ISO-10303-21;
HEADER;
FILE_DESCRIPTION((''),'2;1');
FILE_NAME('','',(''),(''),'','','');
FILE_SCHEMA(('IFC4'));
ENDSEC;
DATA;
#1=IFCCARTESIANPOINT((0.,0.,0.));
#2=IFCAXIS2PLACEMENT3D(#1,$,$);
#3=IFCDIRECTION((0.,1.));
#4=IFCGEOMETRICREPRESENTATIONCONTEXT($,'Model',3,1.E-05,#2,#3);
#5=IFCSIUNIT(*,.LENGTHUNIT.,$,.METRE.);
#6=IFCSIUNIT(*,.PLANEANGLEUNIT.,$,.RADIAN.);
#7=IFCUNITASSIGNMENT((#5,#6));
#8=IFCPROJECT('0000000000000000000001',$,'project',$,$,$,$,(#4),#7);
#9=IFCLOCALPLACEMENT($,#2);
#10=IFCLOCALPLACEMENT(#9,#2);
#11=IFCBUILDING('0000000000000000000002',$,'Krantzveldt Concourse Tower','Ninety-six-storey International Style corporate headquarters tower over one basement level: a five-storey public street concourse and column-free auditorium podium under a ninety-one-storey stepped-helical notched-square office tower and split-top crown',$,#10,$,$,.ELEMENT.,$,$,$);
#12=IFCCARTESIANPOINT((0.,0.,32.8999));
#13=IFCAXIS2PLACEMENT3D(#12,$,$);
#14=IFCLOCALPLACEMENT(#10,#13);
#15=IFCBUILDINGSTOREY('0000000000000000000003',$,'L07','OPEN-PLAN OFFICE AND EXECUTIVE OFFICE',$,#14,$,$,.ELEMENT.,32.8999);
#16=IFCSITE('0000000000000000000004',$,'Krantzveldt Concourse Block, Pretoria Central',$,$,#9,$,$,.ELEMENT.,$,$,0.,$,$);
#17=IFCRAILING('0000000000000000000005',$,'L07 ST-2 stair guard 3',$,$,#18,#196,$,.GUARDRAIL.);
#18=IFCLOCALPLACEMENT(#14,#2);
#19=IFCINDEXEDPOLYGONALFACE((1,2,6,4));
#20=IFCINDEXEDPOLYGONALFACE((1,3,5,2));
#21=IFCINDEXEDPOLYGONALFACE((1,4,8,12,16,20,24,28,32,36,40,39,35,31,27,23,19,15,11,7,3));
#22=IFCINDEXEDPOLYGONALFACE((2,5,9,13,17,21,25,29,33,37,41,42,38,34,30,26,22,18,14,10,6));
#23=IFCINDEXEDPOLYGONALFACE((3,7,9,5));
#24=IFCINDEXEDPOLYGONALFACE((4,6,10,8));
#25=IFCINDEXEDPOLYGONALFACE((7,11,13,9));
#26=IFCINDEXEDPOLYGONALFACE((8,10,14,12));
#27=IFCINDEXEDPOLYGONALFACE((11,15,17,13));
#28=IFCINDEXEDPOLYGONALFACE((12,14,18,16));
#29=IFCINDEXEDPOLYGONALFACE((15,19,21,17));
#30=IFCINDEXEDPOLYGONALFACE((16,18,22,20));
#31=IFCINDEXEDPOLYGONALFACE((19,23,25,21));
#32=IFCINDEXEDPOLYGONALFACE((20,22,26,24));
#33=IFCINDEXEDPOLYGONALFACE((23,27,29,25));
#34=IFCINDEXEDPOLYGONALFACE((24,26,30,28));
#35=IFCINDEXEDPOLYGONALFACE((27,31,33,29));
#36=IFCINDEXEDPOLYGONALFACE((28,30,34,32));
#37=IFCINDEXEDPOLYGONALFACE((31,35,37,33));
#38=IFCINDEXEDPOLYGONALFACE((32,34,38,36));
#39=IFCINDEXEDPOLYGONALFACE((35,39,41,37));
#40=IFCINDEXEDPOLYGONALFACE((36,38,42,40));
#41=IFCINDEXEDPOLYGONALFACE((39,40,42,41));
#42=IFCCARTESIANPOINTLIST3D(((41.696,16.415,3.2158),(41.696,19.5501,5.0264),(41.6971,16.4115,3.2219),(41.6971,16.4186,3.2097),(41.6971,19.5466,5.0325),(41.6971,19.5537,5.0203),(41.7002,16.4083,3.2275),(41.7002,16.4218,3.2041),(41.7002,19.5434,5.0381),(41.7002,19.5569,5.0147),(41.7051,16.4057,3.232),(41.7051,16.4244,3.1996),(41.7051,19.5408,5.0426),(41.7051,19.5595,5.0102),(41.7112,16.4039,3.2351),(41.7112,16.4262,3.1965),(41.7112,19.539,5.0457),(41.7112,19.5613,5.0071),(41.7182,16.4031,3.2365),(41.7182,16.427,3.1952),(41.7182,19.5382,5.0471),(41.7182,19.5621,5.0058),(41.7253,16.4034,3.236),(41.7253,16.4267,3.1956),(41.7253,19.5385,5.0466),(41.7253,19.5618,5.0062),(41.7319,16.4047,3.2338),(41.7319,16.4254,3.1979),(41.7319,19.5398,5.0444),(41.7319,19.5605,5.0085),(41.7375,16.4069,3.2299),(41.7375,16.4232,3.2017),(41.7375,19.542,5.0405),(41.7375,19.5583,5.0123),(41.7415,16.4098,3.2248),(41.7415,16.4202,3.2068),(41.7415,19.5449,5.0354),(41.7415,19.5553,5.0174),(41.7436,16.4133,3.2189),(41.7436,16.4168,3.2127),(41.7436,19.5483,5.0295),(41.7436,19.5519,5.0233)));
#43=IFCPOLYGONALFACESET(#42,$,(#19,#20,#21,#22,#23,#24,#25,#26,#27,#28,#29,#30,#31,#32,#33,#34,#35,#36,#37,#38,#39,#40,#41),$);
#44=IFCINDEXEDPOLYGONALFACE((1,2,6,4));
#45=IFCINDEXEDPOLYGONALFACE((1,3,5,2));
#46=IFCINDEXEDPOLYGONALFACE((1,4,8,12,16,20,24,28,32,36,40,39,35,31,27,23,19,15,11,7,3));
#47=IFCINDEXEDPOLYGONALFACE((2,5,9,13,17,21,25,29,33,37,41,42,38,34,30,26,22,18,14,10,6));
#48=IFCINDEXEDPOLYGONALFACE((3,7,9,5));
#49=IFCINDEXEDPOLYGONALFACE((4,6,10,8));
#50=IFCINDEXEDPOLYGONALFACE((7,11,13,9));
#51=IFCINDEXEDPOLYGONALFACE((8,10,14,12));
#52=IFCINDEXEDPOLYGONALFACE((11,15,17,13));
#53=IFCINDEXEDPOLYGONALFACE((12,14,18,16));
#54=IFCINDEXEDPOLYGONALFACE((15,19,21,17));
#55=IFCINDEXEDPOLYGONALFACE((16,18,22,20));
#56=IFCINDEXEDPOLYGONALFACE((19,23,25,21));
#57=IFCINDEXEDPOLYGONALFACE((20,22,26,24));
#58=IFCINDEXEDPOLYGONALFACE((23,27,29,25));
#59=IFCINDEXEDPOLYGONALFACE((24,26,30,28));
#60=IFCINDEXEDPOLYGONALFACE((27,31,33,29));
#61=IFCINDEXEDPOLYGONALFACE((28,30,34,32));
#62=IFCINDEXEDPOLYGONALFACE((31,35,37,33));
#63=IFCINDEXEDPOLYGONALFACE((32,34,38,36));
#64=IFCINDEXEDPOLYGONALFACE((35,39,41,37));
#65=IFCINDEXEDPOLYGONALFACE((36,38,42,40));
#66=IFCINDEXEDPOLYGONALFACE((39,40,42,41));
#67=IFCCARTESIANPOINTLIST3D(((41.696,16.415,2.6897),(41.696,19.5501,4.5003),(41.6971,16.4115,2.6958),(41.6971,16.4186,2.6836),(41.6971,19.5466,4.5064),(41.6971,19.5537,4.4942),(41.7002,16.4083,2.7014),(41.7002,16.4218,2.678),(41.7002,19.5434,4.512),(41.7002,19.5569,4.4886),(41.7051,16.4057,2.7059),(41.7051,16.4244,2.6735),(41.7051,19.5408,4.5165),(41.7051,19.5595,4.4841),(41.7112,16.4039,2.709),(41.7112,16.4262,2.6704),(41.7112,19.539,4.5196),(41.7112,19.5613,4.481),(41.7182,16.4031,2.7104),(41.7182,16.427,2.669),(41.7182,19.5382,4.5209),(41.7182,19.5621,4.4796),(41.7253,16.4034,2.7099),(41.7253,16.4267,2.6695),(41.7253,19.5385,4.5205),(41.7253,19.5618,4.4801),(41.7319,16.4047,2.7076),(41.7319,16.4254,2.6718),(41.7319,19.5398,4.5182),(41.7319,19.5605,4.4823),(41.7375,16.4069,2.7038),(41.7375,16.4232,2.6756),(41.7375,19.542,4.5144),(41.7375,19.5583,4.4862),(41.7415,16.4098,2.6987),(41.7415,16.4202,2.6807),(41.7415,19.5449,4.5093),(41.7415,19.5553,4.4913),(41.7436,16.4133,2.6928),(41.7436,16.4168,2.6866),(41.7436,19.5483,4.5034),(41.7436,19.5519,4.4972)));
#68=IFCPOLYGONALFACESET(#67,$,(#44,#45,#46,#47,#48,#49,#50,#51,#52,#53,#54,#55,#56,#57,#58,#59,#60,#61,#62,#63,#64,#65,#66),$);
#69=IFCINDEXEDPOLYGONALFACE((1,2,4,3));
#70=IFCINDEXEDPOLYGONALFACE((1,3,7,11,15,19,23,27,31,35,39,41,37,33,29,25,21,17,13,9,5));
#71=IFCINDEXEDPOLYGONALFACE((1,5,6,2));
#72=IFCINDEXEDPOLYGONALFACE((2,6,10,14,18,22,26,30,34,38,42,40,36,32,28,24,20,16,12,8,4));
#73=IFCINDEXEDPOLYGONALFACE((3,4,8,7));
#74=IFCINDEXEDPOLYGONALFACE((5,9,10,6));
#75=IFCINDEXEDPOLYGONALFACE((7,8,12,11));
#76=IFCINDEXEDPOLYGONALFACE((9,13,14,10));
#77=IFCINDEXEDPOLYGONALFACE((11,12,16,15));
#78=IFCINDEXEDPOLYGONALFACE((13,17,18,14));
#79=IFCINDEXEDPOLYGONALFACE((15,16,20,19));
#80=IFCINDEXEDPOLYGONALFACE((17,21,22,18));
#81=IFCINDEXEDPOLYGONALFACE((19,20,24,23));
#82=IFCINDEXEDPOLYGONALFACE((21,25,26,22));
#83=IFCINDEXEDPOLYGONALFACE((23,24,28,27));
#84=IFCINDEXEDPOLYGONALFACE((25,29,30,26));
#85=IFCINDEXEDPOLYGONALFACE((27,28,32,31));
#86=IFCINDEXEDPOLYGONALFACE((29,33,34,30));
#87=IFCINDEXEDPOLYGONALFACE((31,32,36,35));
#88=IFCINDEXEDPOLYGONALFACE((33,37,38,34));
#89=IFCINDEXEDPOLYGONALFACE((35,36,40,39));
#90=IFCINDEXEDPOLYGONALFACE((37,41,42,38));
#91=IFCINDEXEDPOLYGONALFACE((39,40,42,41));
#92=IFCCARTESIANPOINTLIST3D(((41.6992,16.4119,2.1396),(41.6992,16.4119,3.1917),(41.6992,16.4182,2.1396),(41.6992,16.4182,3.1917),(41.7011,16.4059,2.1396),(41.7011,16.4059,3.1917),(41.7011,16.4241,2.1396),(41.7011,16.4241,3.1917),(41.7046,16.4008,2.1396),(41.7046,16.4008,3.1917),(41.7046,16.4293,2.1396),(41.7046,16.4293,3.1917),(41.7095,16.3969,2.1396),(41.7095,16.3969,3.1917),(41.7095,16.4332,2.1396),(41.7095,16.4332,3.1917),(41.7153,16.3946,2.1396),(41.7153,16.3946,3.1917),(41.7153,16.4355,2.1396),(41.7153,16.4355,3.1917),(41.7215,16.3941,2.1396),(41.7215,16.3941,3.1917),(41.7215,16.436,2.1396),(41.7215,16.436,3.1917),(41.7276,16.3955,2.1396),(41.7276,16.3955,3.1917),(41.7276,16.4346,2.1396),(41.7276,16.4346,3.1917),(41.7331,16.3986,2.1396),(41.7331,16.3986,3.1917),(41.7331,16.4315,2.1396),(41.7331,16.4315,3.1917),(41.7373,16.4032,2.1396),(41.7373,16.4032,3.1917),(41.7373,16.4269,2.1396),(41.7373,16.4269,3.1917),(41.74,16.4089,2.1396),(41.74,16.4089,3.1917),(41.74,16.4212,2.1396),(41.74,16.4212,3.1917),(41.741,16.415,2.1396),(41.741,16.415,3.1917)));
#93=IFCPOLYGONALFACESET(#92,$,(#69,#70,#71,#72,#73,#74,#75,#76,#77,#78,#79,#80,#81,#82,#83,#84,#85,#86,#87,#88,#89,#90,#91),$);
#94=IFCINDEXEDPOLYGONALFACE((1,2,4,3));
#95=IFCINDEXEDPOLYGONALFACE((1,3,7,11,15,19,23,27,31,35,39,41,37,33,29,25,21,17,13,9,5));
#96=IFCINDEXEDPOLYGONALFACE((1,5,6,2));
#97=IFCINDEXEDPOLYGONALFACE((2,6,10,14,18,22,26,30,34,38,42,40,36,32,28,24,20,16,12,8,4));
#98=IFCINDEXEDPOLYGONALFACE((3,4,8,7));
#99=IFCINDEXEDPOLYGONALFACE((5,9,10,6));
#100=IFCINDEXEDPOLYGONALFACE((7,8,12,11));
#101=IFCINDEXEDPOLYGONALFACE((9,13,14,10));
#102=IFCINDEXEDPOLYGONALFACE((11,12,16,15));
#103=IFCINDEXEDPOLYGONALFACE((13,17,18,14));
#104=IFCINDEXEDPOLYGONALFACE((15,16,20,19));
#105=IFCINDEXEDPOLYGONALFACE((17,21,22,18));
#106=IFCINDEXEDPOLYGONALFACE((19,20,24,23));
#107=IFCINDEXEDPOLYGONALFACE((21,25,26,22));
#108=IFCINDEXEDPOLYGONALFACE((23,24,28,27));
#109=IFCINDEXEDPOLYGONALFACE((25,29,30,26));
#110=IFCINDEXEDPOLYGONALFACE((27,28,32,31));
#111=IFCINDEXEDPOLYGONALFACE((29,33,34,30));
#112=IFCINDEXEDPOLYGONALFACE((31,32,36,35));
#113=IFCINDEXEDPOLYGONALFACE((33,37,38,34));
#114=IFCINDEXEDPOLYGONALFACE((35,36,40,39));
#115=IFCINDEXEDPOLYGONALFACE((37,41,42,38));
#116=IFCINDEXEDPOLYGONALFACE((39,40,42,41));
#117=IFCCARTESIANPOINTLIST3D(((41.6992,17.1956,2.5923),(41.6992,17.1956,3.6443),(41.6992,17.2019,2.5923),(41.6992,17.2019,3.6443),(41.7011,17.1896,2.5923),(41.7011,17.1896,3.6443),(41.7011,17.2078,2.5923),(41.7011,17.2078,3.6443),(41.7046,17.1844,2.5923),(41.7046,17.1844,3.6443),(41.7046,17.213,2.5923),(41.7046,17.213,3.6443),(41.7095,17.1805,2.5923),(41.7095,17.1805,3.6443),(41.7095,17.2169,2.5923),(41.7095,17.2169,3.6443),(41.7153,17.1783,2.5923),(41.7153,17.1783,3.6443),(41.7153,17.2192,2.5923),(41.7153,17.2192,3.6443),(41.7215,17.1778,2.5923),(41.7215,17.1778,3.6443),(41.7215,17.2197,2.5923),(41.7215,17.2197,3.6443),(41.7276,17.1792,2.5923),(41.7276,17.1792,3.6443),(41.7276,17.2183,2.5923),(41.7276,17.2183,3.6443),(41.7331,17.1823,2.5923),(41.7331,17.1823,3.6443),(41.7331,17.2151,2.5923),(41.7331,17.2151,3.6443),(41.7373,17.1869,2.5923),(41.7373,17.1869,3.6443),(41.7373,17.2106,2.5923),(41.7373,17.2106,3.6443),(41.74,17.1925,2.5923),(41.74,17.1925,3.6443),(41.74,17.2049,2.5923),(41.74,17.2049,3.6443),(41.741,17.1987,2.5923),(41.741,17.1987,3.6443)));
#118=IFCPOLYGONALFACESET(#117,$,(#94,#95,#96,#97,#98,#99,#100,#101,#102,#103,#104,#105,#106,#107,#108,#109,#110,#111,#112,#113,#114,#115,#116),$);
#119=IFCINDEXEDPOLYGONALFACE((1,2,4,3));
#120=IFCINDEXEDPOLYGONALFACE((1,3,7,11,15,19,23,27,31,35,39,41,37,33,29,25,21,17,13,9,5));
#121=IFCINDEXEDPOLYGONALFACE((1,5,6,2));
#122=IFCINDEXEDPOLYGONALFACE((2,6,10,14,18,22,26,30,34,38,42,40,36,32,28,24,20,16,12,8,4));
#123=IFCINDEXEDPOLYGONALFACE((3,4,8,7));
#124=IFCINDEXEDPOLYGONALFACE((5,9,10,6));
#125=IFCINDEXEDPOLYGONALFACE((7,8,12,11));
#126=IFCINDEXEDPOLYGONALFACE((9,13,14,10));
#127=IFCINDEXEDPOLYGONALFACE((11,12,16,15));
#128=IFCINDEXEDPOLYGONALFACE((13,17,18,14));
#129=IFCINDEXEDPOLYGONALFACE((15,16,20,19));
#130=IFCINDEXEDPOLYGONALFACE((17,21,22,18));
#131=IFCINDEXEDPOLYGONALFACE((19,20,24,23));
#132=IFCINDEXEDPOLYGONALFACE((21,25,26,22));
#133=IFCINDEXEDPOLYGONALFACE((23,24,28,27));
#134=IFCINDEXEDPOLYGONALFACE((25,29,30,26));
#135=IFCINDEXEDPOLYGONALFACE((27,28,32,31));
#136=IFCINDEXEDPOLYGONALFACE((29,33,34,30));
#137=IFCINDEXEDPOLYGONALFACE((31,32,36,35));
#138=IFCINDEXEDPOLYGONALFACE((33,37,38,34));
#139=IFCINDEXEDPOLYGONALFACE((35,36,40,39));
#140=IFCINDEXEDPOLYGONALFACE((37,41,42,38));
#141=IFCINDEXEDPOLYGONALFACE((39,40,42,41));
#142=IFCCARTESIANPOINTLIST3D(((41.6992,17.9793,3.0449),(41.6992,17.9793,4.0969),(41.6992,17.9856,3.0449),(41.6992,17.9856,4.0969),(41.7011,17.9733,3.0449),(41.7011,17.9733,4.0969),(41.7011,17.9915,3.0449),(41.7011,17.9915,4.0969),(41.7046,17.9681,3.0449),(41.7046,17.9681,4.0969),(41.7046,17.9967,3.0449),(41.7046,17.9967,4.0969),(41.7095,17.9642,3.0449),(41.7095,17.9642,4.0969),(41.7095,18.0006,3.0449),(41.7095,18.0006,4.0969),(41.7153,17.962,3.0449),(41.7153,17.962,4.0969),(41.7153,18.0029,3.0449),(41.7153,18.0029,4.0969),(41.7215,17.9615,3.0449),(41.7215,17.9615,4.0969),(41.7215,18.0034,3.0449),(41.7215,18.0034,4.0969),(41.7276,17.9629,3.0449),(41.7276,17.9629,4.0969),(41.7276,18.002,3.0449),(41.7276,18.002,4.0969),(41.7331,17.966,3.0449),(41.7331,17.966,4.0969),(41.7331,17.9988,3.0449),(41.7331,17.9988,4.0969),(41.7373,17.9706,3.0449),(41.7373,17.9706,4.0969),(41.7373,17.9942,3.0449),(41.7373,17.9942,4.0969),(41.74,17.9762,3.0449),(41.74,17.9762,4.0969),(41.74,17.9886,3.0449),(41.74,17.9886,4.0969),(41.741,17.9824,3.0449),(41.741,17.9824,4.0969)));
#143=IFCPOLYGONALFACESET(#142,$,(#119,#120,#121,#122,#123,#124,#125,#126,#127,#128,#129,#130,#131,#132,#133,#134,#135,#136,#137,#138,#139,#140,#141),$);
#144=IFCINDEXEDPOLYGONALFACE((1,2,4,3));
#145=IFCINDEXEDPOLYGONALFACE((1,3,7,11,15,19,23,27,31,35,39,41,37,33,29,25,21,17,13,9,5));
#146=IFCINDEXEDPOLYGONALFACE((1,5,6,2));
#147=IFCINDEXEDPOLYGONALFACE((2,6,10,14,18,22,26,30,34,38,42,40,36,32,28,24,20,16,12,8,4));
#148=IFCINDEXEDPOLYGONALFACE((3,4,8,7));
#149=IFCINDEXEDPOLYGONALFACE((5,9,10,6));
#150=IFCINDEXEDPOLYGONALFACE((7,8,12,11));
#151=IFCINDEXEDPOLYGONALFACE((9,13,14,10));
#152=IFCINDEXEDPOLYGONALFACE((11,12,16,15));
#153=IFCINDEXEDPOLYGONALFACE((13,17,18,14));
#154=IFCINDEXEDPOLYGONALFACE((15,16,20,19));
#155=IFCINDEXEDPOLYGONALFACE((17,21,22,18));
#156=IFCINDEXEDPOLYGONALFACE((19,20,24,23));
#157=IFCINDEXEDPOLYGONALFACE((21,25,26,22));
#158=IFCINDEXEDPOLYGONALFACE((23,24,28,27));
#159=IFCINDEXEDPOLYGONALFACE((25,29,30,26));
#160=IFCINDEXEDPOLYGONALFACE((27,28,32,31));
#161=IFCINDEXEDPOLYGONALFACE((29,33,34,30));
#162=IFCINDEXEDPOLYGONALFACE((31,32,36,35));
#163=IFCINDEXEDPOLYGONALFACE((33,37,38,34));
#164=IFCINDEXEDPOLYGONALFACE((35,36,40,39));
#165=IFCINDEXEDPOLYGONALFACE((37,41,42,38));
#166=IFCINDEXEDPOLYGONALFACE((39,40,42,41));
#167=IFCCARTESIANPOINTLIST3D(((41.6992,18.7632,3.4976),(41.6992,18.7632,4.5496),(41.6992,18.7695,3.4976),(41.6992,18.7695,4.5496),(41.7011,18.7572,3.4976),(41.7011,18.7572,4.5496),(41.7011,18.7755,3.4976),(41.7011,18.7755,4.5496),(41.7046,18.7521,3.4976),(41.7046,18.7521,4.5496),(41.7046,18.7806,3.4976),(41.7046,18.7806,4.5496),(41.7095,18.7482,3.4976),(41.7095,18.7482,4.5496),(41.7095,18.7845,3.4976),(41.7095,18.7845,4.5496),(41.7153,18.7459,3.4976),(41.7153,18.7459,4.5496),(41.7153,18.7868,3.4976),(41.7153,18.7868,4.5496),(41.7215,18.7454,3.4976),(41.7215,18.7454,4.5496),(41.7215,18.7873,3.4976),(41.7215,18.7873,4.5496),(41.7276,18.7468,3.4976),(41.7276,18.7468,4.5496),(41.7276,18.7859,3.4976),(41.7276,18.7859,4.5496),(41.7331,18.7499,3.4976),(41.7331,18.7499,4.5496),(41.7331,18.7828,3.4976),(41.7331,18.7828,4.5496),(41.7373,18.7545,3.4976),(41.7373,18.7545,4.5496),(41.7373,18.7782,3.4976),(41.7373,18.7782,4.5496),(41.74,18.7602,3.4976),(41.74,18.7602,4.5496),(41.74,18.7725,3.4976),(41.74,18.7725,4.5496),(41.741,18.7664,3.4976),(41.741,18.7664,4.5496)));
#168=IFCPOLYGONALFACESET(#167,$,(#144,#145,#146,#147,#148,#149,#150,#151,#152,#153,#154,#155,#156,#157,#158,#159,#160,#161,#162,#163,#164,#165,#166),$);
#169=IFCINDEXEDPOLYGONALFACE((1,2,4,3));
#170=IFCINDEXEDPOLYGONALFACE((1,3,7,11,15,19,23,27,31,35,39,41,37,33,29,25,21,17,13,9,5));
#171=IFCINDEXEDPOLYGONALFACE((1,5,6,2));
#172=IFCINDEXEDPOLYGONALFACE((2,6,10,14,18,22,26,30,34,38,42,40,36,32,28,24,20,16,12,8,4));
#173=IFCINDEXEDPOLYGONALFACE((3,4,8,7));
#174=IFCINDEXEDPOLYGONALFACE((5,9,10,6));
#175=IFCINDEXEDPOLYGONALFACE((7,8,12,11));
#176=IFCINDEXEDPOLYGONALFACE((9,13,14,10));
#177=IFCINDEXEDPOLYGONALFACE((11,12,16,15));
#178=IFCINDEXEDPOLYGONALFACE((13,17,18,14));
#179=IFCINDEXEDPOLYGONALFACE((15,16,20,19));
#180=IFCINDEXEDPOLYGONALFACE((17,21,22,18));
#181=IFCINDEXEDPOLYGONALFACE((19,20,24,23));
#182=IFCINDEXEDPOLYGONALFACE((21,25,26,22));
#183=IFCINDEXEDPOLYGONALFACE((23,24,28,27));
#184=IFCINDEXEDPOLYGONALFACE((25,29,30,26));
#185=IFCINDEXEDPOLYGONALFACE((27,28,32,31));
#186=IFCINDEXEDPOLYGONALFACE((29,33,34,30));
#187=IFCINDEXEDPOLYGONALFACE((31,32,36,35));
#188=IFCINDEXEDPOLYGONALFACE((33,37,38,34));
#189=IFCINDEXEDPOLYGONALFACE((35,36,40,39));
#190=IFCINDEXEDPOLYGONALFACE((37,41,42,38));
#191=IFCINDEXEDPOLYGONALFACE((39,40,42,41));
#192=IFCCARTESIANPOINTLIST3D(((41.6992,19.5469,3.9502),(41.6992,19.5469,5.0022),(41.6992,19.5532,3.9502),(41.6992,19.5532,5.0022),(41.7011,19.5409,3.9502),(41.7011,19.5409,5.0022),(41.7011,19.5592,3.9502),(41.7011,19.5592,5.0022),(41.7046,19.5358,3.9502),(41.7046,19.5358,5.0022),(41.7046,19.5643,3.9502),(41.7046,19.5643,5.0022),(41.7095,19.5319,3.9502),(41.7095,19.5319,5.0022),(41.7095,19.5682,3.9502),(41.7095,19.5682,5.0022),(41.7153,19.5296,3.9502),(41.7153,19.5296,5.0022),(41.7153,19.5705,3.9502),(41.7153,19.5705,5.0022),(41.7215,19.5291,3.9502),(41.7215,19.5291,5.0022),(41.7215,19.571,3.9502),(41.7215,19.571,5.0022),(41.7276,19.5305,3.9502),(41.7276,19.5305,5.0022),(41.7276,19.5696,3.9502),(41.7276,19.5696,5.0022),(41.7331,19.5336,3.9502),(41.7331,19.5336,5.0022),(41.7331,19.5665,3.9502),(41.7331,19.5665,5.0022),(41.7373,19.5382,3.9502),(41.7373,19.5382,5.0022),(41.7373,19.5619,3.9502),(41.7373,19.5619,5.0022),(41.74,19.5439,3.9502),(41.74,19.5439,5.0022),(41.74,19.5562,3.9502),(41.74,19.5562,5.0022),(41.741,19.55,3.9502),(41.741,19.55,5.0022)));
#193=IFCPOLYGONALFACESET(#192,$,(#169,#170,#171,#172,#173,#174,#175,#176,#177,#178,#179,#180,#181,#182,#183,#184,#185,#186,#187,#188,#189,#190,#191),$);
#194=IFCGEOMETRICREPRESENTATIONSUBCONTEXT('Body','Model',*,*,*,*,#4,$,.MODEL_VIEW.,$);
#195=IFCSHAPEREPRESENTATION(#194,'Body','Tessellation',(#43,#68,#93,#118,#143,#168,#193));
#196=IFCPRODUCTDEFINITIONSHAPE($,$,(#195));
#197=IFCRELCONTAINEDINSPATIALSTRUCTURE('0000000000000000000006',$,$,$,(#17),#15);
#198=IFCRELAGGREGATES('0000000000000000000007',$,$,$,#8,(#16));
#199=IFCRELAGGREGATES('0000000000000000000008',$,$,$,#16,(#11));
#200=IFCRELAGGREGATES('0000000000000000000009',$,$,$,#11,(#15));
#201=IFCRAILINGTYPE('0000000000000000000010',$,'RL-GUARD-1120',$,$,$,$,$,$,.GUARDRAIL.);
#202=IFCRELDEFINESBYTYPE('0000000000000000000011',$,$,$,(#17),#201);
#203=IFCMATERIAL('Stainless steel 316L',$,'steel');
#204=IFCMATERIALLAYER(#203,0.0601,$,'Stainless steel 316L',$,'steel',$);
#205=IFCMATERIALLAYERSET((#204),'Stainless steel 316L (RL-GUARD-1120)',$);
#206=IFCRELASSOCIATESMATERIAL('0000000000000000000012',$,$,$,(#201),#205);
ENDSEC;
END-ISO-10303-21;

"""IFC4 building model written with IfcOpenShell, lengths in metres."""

from ifc_helpers import new_model, si_unit, direction, frame, origin, origin_2d, place, context, subcontext, project, spatial, circle, extrude, material, layer, layer_set, type_object, element, save


model = new_model("IFC4")

# Units and contexts
model_context = context("Model", 3, precision=1e-05, world=origin(), true_north=direction((0.0, 1.0)))
body_context = subcontext(model_context, "Body", "Model", "MODEL_VIEW")
ifc_project = project(units=[si_unit("LENGTHUNIT", "METRE"), si_unit("PLANEANGLEUNIT", "RADIAN")], contexts=[model_context])

# Site, building, storey
site_placement = place(None, origin())
site = spatial("IfcSite", under=ifc_project, at=site_placement, Name="Krantzveldt Concourse Block, Pretoria Central", CompositionType="ELEMENT", RefElevation=0.0)
building_placement = place(site_placement, origin())
building = spatial("IfcBuilding", under=site, at=building_placement, Name="Krantzveldt Concourse Tower", Description="Ninety-six-storey International Style corporate headquarters tower over one basement level: a five-storey public street concourse and column-free auditorium podium under a ninety-one-storey stepped-helical notched-square office tower and split-top crown", CompositionType="ELEMENT")
storey_placement = place(building_placement, frame((0.0, 0.0, 32.8999)))
storey = spatial("IfcBuildingStorey", under=building, at=storey_placement, Name="L07", Description="OPEN-PLAN OFFICE AND EXECUTIVE OFFICE", CompositionType="ELEMENT", Elevation=32.8999)

# Railing
ifc_material_1 = material(Name="Stainless steel 316L", Category="steel")
ifc_layer_1 = layer(ifc_material_1, 0.0601, Name="Stainless steel 316L", Category="steel")
ifc_layer_set_1 = layer_set([ifc_layer_1], Name="Stainless steel 316L (RL-GUARD-1120)")
railing_type_1 = type_object("IfcRailingType", Name="RL-GUARD-1120", PredefinedType="GUARDRAIL", material=ifc_layer_set_1)
railing_1_placement = place(storey_placement, frame((41.72, 16.415, 2.1396)))
element("IfcRailing", 1, at=railing_1_placement, inside=storey, type_object=railing_type_1, Name="L07 ST-2 stair guard 3", PredefinedType="GUARDRAIL", context=body_context, shape_type="SweptSolid", body=[
    extrude(circle(Radius=0.0239, at=origin_2d()), frame((0.0, 0.0, 1.0762), z_axis=(0.0, 0.86596, 0.500114), x_axis=(-1.0, 0.0, 0.0)), (0.0, 0.0, 1.0), 3.6204),
    extrude(circle(Radius=0.0239, at=origin_2d()), frame((0.0, 0.0, 0.55), z_axis=(0.0, 0.86596, 0.500114), x_axis=(-1.0, 0.0, 0.0)), (0.0, 0.0, 1.0), 3.6204),
    extrude(circle(Radius=0.021, at=origin_2d()), origin(), (0.0, 0.0, 1.0), 1.052),
    extrude(circle(Radius=0.021, at=origin_2d()), frame((0.0, 0.7837, 0.4526)), (0.0, 0.0, 1.0), 1.052),
    extrude(circle(Radius=0.021, at=origin_2d()), frame((0.0, 1.5674, 0.9053)), (0.0, 0.0, 1.0), 1.052),
    extrude(circle(Radius=0.021, at=origin_2d()), frame((0.0, 2.3513, 1.3579)), (0.0, 0.0, 1.0), 1.052),
    extrude(circle(Radius=0.021, at=origin_2d()), frame((0.0, 3.135, 1.8105)), (0.0, 0.0, 1.0), 1.052),
])

save(model, "model.ifc")
